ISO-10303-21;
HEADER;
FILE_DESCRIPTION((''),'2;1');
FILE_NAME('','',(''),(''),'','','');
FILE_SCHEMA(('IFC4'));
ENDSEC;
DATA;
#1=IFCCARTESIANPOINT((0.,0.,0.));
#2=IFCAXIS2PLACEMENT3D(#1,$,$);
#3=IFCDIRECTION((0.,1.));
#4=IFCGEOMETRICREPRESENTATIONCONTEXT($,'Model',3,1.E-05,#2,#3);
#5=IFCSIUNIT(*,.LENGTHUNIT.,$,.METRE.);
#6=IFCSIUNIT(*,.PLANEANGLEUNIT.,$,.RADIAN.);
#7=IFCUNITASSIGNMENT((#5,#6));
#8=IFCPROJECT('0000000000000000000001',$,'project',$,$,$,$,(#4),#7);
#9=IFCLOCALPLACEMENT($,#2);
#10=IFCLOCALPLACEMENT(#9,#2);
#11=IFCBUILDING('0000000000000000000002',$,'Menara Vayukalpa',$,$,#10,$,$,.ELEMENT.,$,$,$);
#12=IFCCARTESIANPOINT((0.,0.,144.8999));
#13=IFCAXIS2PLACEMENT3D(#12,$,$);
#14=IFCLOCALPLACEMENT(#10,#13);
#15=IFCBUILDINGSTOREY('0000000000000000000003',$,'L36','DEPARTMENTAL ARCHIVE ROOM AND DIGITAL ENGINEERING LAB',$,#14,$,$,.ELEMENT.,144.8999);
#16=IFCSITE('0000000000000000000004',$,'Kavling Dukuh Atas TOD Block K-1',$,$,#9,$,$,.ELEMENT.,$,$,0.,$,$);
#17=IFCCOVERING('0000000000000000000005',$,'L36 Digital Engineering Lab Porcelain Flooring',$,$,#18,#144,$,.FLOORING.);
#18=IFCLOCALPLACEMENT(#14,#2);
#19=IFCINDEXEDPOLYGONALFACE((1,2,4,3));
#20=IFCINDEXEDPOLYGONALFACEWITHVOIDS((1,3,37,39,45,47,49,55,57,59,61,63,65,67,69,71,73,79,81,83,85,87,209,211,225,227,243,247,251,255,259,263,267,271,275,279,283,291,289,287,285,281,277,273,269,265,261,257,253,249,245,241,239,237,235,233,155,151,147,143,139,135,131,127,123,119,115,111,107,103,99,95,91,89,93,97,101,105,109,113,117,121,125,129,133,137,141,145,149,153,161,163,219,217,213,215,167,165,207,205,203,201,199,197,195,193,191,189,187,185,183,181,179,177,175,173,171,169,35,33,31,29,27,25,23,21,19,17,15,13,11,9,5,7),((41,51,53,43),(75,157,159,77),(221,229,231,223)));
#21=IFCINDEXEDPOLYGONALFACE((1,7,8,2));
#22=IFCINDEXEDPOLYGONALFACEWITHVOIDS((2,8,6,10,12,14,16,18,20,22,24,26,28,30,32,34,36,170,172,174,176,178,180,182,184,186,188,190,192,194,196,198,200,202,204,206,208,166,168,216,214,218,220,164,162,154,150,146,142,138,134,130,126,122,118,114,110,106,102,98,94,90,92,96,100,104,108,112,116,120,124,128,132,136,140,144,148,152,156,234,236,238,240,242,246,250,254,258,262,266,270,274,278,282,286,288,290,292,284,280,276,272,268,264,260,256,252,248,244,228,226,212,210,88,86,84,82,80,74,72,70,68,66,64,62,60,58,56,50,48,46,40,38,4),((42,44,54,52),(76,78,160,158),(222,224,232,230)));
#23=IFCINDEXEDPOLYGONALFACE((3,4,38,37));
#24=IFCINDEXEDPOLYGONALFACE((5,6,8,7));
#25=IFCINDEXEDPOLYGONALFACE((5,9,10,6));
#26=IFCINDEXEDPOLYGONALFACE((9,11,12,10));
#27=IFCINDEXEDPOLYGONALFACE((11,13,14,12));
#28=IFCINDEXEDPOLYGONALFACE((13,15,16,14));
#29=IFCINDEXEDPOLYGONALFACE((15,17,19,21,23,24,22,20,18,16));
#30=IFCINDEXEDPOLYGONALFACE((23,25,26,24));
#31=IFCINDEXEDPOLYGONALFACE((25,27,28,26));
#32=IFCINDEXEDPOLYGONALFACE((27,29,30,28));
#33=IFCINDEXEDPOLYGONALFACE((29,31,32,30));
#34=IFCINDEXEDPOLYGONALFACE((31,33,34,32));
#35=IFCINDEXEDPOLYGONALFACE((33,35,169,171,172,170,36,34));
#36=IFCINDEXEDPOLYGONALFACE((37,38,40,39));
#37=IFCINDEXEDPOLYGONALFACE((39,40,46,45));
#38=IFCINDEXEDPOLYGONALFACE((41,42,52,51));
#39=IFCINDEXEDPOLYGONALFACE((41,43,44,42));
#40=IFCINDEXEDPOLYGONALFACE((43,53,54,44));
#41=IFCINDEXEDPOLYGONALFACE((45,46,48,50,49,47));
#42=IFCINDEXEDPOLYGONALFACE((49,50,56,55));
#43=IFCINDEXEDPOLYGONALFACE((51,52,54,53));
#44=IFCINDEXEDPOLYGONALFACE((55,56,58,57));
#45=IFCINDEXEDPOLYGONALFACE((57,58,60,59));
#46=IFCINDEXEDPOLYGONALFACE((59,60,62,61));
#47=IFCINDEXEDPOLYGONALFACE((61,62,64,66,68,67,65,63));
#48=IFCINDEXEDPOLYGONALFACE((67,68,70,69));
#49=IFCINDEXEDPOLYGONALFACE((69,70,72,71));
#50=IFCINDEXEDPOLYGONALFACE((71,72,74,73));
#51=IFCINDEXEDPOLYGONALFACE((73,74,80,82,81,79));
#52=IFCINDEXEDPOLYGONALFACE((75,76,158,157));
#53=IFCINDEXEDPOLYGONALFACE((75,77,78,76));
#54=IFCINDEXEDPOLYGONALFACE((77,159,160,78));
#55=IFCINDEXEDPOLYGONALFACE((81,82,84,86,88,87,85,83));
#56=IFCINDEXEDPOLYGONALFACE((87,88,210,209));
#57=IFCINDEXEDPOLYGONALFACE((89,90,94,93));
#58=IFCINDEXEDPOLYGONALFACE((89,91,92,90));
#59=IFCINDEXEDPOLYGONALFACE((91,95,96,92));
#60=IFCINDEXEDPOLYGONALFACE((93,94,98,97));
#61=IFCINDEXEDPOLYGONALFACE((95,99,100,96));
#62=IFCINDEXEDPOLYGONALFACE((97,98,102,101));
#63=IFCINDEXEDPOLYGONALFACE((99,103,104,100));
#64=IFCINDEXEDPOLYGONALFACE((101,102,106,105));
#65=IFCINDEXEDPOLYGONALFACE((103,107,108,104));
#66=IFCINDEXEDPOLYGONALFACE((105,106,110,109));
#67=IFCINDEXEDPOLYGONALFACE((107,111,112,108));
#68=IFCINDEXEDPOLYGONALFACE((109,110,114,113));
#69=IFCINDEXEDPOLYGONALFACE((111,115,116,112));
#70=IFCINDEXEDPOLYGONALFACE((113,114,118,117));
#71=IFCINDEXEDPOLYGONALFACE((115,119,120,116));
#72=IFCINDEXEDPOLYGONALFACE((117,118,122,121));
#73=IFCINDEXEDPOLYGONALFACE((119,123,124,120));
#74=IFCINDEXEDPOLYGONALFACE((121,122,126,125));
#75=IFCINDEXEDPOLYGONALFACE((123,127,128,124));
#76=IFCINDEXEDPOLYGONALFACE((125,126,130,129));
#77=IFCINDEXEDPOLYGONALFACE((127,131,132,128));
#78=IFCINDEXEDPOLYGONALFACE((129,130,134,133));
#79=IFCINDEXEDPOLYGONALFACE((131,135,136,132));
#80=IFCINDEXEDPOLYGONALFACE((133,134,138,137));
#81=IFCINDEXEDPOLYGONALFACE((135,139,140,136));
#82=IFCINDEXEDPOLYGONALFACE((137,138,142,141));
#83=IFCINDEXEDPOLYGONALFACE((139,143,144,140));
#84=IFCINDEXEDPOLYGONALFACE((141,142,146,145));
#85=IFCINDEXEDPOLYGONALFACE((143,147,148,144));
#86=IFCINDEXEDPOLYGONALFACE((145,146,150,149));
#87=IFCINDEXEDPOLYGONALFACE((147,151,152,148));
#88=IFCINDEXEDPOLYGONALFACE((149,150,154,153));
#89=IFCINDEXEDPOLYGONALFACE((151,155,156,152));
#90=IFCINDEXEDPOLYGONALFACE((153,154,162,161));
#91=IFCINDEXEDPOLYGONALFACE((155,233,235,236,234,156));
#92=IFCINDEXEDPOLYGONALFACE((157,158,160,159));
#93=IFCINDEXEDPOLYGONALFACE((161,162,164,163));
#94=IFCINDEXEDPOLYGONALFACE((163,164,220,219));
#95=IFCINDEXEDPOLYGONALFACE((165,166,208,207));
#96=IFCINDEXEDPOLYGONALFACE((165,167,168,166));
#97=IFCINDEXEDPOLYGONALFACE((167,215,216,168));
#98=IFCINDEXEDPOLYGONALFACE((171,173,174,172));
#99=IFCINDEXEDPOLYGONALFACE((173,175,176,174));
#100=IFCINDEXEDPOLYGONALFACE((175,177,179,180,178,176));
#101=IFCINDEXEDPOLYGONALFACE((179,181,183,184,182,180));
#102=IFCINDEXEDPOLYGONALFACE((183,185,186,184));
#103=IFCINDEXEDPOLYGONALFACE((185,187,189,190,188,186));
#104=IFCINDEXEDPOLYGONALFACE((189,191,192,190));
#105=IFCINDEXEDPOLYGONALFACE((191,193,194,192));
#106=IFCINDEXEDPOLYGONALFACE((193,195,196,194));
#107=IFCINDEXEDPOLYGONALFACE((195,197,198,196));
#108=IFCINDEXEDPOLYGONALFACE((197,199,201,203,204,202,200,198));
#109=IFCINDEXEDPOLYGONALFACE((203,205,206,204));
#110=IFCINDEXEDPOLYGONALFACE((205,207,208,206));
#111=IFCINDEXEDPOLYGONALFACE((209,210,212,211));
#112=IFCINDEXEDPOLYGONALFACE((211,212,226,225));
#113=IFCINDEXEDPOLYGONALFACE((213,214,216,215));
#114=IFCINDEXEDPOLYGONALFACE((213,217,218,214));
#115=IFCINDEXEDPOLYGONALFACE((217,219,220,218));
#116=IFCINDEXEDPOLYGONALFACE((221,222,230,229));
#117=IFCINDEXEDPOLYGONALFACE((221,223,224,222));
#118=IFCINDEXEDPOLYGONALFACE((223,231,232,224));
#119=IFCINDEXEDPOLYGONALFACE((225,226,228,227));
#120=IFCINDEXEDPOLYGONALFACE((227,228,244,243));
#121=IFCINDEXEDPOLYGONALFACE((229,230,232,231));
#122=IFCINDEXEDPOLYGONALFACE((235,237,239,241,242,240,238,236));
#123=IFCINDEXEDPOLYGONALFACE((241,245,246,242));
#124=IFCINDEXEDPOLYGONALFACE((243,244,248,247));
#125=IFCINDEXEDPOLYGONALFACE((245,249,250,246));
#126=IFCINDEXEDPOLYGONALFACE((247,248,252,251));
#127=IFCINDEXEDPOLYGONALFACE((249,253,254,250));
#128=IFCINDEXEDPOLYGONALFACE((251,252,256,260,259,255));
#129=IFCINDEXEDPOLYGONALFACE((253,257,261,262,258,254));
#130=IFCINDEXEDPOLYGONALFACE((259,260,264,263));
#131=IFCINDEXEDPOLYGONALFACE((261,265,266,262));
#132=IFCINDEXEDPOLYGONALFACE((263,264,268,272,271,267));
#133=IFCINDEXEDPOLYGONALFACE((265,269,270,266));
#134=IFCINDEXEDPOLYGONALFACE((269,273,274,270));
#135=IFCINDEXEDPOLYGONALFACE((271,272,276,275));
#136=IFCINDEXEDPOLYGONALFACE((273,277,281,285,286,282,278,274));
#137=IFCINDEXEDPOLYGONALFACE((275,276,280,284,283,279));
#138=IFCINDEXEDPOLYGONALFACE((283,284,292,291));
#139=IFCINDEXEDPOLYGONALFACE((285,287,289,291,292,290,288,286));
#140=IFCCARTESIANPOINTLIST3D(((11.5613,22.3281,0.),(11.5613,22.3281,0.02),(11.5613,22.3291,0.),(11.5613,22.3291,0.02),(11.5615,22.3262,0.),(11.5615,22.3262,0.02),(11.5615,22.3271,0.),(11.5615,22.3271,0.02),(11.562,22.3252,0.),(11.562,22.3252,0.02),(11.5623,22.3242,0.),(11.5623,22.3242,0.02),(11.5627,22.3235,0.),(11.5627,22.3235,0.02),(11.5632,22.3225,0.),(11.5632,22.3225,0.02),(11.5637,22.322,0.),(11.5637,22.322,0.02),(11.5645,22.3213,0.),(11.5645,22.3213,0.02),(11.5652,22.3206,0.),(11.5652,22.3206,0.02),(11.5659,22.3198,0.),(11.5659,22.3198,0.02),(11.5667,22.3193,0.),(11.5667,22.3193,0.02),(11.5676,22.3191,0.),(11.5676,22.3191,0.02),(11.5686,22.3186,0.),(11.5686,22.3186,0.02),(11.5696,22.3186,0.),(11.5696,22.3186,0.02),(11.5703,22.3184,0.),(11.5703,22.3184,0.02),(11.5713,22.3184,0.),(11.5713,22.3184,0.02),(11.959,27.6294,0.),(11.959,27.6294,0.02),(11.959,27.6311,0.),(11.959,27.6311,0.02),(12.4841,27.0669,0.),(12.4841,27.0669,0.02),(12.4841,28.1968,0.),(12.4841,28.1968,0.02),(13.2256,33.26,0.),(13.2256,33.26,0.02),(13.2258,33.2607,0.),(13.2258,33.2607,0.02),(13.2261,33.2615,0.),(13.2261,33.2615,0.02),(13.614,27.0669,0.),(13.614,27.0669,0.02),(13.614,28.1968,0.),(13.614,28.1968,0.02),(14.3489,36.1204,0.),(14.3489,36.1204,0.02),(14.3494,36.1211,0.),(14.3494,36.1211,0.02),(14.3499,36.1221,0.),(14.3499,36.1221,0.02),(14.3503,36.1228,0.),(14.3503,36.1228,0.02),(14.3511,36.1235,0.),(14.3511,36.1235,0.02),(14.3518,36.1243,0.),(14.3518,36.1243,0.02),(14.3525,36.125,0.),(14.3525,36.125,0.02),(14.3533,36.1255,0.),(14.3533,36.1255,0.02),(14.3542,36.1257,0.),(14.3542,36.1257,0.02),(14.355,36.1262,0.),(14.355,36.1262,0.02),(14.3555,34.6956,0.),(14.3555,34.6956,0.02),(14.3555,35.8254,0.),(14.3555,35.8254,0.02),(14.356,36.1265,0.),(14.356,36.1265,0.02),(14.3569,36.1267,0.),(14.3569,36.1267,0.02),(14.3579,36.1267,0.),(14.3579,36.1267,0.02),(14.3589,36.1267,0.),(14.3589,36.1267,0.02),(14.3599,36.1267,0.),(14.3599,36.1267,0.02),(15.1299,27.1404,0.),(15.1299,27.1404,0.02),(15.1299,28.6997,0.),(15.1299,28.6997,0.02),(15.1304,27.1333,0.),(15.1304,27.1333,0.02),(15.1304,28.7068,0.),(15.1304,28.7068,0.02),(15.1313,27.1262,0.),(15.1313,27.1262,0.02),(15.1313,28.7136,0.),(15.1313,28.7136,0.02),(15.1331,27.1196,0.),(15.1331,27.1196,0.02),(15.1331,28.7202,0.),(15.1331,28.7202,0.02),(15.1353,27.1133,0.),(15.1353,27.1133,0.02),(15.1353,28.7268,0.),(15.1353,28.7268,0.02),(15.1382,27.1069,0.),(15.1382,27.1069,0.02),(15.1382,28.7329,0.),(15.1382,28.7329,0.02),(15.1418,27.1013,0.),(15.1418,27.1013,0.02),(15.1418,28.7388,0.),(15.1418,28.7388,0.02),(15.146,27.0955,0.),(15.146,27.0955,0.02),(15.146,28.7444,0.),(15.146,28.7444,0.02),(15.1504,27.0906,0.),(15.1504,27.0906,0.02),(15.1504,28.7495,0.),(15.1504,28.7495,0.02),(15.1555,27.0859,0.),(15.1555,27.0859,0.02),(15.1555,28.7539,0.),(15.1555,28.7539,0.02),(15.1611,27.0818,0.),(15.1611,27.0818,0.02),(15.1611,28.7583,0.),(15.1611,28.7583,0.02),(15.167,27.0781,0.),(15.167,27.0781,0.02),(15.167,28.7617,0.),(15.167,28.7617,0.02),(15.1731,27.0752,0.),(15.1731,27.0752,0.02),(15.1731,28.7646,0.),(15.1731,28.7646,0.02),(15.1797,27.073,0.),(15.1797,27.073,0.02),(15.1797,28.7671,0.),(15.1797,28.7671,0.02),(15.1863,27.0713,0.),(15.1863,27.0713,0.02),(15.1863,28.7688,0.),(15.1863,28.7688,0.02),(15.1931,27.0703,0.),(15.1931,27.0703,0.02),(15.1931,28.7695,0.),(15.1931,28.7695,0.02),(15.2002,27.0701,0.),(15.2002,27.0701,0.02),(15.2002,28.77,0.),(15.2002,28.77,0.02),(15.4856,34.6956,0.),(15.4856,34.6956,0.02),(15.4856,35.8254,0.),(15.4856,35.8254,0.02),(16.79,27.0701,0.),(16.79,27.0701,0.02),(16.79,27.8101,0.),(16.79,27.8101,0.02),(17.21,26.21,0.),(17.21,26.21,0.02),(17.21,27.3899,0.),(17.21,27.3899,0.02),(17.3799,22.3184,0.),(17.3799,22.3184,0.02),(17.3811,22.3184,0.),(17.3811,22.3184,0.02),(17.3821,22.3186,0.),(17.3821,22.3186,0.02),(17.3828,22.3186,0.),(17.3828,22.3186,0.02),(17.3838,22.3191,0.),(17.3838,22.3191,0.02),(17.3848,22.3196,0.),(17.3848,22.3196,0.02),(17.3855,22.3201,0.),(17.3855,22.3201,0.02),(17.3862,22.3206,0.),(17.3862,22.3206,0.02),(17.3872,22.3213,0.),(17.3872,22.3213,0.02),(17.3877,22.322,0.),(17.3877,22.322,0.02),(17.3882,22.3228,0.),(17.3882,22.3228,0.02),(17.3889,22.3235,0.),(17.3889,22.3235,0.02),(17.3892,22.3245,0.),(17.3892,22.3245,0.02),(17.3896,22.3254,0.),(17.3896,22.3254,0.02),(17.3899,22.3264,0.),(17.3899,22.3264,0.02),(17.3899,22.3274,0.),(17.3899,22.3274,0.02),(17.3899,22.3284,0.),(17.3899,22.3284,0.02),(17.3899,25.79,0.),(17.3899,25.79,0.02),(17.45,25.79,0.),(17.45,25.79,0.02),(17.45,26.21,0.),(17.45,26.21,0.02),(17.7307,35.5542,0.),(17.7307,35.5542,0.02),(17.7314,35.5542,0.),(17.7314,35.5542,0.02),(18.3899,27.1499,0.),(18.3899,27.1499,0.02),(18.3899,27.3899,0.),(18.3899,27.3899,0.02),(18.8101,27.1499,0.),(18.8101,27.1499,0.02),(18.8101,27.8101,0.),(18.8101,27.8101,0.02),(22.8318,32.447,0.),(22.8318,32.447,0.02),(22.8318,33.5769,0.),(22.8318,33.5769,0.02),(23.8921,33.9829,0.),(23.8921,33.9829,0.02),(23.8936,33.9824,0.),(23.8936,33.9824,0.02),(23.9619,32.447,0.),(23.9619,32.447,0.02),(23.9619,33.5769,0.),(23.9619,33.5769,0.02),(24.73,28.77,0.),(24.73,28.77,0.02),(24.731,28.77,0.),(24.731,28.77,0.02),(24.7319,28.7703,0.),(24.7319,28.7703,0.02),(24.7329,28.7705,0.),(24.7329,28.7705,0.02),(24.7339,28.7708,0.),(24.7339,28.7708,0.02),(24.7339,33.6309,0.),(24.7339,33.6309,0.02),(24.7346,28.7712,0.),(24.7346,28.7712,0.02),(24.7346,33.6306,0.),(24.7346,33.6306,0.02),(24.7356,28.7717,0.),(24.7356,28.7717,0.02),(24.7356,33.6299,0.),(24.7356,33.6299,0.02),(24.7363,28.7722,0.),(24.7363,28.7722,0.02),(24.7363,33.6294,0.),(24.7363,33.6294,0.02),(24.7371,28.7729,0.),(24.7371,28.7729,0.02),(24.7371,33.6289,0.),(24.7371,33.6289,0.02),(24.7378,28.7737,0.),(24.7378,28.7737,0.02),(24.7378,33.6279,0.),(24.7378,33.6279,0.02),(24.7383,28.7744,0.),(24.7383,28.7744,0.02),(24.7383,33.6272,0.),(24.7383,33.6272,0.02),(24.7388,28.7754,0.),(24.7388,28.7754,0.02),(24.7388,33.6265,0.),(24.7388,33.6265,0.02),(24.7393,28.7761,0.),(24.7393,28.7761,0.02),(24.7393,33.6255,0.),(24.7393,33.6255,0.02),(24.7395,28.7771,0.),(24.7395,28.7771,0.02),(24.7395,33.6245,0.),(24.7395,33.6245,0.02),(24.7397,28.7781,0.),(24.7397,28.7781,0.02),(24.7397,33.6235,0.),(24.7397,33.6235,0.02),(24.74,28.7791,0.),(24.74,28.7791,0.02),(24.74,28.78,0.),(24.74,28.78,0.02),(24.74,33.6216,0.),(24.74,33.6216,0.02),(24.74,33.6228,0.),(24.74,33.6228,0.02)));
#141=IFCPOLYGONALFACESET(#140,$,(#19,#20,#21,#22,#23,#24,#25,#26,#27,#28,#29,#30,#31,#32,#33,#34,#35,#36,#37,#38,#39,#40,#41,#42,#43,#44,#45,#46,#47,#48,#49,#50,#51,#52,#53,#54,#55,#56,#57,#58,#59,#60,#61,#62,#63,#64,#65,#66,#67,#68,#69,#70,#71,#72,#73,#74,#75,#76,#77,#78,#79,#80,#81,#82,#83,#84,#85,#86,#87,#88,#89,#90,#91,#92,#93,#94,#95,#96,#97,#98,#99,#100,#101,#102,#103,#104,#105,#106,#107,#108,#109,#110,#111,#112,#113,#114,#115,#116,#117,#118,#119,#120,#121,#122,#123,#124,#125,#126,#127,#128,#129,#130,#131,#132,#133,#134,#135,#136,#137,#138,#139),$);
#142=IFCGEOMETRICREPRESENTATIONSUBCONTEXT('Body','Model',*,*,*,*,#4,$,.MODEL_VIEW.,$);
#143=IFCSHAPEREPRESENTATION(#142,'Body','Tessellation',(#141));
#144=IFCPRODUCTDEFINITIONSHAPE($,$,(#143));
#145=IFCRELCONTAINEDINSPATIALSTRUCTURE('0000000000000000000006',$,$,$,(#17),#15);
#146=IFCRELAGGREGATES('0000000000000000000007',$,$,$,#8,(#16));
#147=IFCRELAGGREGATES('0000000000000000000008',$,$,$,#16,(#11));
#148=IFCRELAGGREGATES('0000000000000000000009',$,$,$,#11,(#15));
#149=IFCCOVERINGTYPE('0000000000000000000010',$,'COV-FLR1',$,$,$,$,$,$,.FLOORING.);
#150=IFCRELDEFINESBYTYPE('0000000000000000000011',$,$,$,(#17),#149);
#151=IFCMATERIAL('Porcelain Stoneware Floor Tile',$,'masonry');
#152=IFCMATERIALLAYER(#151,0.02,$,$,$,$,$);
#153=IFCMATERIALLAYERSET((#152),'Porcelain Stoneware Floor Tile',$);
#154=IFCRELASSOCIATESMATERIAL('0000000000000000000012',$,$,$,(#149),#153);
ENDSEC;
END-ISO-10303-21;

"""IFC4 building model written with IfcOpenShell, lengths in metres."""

from ifc_helpers import new_model, si_unit, direction, frame, origin, place, context, subcontext, project, spatial, polyline, outline, extrude, material, layer, layer_set, type_object, element, save


model = new_model("IFC4")

# Units and contexts
model_context = context("Model", 3, precision=1e-05, world=origin(), true_north=direction((0.0, 1.0)))
body_context = subcontext(model_context, "Body", "Model", "MODEL_VIEW")
ifc_project = project(units=[si_unit("LENGTHUNIT", "METRE"), si_unit("PLANEANGLEUNIT", "RADIAN")], contexts=[model_context])

# Site, building, storey
site_placement = place(None, origin())
site = spatial("IfcSite", under=ifc_project, at=site_placement, Name="Kavling Dukuh Atas TOD Block K-1", CompositionType="ELEMENT", RefElevation=0.0)
building_placement = place(site_placement, origin())
building = spatial("IfcBuilding", under=site, at=building_placement, Name="Menara Vayukalpa", CompositionType="ELEMENT")
storey_placement = place(building_placement, frame((0.0, 0.0, 144.8999)))
storey = spatial("IfcBuildingStorey", under=building, at=storey_placement, Name="L36", Description="DEPARTMENTAL ARCHIVE ROOM AND DIGITAL ENGINEERING LAB", CompositionType="ELEMENT", Elevation=144.8999)

# Covering
ifc_material_1 = material(Name="Porcelain Stoneware Floor Tile", Category="masonry")
ifc_layer_1 = layer(ifc_material_1, 0.02)
ifc_layer_set_1 = layer_set([ifc_layer_1], Name="Porcelain Stoneware Floor Tile")
covering_type_1 = type_object("IfcCoveringType", Name="COV-FLR1", PredefinedType="FLOORING", material=ifc_layer_set_1)
covering_1_placement = place(storey_placement, origin())
element("IfcCovering", 1, at=covering_1_placement, inside=storey, type_object=covering_type_1, Name="L36 Digital Engineering Lab Porcelain Flooring", PredefinedType="FLOORING", context=body_context, shape_type="SweptSolid", body=[
    extrude(outline(polyline([(18.8101, 27.1499), (18.3899, 27.1499), (18.3899, 27.3899), (17.21, 27.3899), (17.21, 26.21), (17.45, 26.21), (17.45, 25.79), (17.3899, 25.79), (17.3899, 22.3284), (17.3899, 22.3274), (17.3899, 22.3264), (17.3896, 22.3254), (17.3892, 22.3245), (17.3889, 22.3235), (17.3882, 22.3228), (17.3877, 22.322), (17.3872, 22.3213), (17.3862, 22.3206), (17.3855, 22.3201), (17.3848, 22.3196), (17.3838, 22.3191), (17.3828, 22.3186), (17.3821, 22.3186), (17.3811, 22.3184), (17.3799, 22.3184), (11.5713, 22.3184), (11.5703, 22.3184), (11.5696, 22.3186), (11.5686, 22.3186), (11.5676, 22.3191), (11.5667, 22.3193), (11.5659, 22.3198), (11.5652, 22.3206), (11.5645, 22.3213), (11.5637, 22.322), (11.5632, 22.3225), (11.5627, 22.3235), (11.5623, 22.3242), (11.562, 22.3252), (11.5615, 22.3262), (11.5615, 22.3271), (11.5613, 22.3281), (11.5613, 22.3291), (11.959, 27.6294), (11.959, 27.6311), (13.2256, 33.26), (13.2258, 33.2607), (13.2261, 33.2615), (14.3489, 36.1204), (14.3494, 36.1211), (14.3499, 36.1221), (14.3503, 36.1228), (14.3511, 36.1235), (14.3518, 36.1243), (14.3525, 36.125), (14.3533, 36.1255), (14.3542, 36.1257), (14.355, 36.1262), (14.356, 36.1265), (14.3569, 36.1267), (14.3579, 36.1267), (14.3589, 36.1267), (14.3599, 36.1267), (17.7307, 35.5542), (17.7314, 35.5542), (23.8921, 33.9829), (23.8936, 33.9824), (24.7339, 33.6309), (24.7346, 33.6306), (24.7356, 33.6299), (24.7363, 33.6294), (24.7371, 33.6289), (24.7378, 33.6279), (24.7383, 33.6272), (24.7388, 33.6265), (24.7393, 33.6255), (24.7395, 33.6245), (24.7397, 33.6235), (24.74, 33.6228), (24.74, 33.6216), (24.74, 28.78), (24.74, 28.7791), (24.7397, 28.7781), (24.7395, 28.7771), (24.7393, 28.7761), (24.7388, 28.7754), (24.7383, 28.7744), (24.7378, 28.7737), (24.7371, 28.7729), (24.7363, 28.7722), (24.7356, 28.7717), (24.7346, 28.7712), (24.7339, 28.7708), (24.7329, 28.7705), (24.7319, 28.7703), (24.731, 28.77), (24.73, 28.77), (15.2002, 28.77), (15.1931, 28.7695), (15.1863, 28.7688), (15.1797, 28.7671), (15.1731, 28.7646), (15.167, 28.7617), (15.1611, 28.7583), (15.1555, 28.7539), (15.1504, 28.7495), (15.146, 28.7444), (15.1418, 28.7388), (15.1382, 28.7329), (15.1353, 28.7268), (15.1331, 28.7202), (15.1313, 28.7136), (15.1304, 28.7068), (15.1299, 28.6997), (15.1299, 27.1404), (15.1304, 27.1333), (15.1313, 27.1262), (15.1331, 27.1196), (15.1353, 27.1133), (15.1382, 27.1069), (15.1418, 27.1013), (15.146, 27.0955), (15.1504, 27.0906), (15.1555, 27.0859), (15.1611, 27.0818), (15.167, 27.0781), (15.1731, 27.0752), (15.1797, 27.073), (15.1863, 27.0713), (15.1931, 27.0703), (15.2002, 27.0701), (16.79, 27.0701), (16.79, 27.8101), (18.8101, 27.8101), (18.8101, 27.1499)]), holes=[polyline([(13.614, 28.1968), (12.4841, 28.1968), (12.4841, 27.0669), (13.614, 27.0669), (13.614, 28.1968)]), polyline([(15.4856, 35.8254), (14.3555, 35.8254), (14.3555, 34.6956), (15.4856, 34.6956), (15.4856, 35.8254)]), polyline([(23.9619, 33.5769), (22.8318, 33.5769), (22.8318, 32.447), (23.9619, 32.447), (23.9619, 33.5769)])]), origin(), (0.0, 0.0, 1.0), 0.02),
])

save(model, "model.ifc")
